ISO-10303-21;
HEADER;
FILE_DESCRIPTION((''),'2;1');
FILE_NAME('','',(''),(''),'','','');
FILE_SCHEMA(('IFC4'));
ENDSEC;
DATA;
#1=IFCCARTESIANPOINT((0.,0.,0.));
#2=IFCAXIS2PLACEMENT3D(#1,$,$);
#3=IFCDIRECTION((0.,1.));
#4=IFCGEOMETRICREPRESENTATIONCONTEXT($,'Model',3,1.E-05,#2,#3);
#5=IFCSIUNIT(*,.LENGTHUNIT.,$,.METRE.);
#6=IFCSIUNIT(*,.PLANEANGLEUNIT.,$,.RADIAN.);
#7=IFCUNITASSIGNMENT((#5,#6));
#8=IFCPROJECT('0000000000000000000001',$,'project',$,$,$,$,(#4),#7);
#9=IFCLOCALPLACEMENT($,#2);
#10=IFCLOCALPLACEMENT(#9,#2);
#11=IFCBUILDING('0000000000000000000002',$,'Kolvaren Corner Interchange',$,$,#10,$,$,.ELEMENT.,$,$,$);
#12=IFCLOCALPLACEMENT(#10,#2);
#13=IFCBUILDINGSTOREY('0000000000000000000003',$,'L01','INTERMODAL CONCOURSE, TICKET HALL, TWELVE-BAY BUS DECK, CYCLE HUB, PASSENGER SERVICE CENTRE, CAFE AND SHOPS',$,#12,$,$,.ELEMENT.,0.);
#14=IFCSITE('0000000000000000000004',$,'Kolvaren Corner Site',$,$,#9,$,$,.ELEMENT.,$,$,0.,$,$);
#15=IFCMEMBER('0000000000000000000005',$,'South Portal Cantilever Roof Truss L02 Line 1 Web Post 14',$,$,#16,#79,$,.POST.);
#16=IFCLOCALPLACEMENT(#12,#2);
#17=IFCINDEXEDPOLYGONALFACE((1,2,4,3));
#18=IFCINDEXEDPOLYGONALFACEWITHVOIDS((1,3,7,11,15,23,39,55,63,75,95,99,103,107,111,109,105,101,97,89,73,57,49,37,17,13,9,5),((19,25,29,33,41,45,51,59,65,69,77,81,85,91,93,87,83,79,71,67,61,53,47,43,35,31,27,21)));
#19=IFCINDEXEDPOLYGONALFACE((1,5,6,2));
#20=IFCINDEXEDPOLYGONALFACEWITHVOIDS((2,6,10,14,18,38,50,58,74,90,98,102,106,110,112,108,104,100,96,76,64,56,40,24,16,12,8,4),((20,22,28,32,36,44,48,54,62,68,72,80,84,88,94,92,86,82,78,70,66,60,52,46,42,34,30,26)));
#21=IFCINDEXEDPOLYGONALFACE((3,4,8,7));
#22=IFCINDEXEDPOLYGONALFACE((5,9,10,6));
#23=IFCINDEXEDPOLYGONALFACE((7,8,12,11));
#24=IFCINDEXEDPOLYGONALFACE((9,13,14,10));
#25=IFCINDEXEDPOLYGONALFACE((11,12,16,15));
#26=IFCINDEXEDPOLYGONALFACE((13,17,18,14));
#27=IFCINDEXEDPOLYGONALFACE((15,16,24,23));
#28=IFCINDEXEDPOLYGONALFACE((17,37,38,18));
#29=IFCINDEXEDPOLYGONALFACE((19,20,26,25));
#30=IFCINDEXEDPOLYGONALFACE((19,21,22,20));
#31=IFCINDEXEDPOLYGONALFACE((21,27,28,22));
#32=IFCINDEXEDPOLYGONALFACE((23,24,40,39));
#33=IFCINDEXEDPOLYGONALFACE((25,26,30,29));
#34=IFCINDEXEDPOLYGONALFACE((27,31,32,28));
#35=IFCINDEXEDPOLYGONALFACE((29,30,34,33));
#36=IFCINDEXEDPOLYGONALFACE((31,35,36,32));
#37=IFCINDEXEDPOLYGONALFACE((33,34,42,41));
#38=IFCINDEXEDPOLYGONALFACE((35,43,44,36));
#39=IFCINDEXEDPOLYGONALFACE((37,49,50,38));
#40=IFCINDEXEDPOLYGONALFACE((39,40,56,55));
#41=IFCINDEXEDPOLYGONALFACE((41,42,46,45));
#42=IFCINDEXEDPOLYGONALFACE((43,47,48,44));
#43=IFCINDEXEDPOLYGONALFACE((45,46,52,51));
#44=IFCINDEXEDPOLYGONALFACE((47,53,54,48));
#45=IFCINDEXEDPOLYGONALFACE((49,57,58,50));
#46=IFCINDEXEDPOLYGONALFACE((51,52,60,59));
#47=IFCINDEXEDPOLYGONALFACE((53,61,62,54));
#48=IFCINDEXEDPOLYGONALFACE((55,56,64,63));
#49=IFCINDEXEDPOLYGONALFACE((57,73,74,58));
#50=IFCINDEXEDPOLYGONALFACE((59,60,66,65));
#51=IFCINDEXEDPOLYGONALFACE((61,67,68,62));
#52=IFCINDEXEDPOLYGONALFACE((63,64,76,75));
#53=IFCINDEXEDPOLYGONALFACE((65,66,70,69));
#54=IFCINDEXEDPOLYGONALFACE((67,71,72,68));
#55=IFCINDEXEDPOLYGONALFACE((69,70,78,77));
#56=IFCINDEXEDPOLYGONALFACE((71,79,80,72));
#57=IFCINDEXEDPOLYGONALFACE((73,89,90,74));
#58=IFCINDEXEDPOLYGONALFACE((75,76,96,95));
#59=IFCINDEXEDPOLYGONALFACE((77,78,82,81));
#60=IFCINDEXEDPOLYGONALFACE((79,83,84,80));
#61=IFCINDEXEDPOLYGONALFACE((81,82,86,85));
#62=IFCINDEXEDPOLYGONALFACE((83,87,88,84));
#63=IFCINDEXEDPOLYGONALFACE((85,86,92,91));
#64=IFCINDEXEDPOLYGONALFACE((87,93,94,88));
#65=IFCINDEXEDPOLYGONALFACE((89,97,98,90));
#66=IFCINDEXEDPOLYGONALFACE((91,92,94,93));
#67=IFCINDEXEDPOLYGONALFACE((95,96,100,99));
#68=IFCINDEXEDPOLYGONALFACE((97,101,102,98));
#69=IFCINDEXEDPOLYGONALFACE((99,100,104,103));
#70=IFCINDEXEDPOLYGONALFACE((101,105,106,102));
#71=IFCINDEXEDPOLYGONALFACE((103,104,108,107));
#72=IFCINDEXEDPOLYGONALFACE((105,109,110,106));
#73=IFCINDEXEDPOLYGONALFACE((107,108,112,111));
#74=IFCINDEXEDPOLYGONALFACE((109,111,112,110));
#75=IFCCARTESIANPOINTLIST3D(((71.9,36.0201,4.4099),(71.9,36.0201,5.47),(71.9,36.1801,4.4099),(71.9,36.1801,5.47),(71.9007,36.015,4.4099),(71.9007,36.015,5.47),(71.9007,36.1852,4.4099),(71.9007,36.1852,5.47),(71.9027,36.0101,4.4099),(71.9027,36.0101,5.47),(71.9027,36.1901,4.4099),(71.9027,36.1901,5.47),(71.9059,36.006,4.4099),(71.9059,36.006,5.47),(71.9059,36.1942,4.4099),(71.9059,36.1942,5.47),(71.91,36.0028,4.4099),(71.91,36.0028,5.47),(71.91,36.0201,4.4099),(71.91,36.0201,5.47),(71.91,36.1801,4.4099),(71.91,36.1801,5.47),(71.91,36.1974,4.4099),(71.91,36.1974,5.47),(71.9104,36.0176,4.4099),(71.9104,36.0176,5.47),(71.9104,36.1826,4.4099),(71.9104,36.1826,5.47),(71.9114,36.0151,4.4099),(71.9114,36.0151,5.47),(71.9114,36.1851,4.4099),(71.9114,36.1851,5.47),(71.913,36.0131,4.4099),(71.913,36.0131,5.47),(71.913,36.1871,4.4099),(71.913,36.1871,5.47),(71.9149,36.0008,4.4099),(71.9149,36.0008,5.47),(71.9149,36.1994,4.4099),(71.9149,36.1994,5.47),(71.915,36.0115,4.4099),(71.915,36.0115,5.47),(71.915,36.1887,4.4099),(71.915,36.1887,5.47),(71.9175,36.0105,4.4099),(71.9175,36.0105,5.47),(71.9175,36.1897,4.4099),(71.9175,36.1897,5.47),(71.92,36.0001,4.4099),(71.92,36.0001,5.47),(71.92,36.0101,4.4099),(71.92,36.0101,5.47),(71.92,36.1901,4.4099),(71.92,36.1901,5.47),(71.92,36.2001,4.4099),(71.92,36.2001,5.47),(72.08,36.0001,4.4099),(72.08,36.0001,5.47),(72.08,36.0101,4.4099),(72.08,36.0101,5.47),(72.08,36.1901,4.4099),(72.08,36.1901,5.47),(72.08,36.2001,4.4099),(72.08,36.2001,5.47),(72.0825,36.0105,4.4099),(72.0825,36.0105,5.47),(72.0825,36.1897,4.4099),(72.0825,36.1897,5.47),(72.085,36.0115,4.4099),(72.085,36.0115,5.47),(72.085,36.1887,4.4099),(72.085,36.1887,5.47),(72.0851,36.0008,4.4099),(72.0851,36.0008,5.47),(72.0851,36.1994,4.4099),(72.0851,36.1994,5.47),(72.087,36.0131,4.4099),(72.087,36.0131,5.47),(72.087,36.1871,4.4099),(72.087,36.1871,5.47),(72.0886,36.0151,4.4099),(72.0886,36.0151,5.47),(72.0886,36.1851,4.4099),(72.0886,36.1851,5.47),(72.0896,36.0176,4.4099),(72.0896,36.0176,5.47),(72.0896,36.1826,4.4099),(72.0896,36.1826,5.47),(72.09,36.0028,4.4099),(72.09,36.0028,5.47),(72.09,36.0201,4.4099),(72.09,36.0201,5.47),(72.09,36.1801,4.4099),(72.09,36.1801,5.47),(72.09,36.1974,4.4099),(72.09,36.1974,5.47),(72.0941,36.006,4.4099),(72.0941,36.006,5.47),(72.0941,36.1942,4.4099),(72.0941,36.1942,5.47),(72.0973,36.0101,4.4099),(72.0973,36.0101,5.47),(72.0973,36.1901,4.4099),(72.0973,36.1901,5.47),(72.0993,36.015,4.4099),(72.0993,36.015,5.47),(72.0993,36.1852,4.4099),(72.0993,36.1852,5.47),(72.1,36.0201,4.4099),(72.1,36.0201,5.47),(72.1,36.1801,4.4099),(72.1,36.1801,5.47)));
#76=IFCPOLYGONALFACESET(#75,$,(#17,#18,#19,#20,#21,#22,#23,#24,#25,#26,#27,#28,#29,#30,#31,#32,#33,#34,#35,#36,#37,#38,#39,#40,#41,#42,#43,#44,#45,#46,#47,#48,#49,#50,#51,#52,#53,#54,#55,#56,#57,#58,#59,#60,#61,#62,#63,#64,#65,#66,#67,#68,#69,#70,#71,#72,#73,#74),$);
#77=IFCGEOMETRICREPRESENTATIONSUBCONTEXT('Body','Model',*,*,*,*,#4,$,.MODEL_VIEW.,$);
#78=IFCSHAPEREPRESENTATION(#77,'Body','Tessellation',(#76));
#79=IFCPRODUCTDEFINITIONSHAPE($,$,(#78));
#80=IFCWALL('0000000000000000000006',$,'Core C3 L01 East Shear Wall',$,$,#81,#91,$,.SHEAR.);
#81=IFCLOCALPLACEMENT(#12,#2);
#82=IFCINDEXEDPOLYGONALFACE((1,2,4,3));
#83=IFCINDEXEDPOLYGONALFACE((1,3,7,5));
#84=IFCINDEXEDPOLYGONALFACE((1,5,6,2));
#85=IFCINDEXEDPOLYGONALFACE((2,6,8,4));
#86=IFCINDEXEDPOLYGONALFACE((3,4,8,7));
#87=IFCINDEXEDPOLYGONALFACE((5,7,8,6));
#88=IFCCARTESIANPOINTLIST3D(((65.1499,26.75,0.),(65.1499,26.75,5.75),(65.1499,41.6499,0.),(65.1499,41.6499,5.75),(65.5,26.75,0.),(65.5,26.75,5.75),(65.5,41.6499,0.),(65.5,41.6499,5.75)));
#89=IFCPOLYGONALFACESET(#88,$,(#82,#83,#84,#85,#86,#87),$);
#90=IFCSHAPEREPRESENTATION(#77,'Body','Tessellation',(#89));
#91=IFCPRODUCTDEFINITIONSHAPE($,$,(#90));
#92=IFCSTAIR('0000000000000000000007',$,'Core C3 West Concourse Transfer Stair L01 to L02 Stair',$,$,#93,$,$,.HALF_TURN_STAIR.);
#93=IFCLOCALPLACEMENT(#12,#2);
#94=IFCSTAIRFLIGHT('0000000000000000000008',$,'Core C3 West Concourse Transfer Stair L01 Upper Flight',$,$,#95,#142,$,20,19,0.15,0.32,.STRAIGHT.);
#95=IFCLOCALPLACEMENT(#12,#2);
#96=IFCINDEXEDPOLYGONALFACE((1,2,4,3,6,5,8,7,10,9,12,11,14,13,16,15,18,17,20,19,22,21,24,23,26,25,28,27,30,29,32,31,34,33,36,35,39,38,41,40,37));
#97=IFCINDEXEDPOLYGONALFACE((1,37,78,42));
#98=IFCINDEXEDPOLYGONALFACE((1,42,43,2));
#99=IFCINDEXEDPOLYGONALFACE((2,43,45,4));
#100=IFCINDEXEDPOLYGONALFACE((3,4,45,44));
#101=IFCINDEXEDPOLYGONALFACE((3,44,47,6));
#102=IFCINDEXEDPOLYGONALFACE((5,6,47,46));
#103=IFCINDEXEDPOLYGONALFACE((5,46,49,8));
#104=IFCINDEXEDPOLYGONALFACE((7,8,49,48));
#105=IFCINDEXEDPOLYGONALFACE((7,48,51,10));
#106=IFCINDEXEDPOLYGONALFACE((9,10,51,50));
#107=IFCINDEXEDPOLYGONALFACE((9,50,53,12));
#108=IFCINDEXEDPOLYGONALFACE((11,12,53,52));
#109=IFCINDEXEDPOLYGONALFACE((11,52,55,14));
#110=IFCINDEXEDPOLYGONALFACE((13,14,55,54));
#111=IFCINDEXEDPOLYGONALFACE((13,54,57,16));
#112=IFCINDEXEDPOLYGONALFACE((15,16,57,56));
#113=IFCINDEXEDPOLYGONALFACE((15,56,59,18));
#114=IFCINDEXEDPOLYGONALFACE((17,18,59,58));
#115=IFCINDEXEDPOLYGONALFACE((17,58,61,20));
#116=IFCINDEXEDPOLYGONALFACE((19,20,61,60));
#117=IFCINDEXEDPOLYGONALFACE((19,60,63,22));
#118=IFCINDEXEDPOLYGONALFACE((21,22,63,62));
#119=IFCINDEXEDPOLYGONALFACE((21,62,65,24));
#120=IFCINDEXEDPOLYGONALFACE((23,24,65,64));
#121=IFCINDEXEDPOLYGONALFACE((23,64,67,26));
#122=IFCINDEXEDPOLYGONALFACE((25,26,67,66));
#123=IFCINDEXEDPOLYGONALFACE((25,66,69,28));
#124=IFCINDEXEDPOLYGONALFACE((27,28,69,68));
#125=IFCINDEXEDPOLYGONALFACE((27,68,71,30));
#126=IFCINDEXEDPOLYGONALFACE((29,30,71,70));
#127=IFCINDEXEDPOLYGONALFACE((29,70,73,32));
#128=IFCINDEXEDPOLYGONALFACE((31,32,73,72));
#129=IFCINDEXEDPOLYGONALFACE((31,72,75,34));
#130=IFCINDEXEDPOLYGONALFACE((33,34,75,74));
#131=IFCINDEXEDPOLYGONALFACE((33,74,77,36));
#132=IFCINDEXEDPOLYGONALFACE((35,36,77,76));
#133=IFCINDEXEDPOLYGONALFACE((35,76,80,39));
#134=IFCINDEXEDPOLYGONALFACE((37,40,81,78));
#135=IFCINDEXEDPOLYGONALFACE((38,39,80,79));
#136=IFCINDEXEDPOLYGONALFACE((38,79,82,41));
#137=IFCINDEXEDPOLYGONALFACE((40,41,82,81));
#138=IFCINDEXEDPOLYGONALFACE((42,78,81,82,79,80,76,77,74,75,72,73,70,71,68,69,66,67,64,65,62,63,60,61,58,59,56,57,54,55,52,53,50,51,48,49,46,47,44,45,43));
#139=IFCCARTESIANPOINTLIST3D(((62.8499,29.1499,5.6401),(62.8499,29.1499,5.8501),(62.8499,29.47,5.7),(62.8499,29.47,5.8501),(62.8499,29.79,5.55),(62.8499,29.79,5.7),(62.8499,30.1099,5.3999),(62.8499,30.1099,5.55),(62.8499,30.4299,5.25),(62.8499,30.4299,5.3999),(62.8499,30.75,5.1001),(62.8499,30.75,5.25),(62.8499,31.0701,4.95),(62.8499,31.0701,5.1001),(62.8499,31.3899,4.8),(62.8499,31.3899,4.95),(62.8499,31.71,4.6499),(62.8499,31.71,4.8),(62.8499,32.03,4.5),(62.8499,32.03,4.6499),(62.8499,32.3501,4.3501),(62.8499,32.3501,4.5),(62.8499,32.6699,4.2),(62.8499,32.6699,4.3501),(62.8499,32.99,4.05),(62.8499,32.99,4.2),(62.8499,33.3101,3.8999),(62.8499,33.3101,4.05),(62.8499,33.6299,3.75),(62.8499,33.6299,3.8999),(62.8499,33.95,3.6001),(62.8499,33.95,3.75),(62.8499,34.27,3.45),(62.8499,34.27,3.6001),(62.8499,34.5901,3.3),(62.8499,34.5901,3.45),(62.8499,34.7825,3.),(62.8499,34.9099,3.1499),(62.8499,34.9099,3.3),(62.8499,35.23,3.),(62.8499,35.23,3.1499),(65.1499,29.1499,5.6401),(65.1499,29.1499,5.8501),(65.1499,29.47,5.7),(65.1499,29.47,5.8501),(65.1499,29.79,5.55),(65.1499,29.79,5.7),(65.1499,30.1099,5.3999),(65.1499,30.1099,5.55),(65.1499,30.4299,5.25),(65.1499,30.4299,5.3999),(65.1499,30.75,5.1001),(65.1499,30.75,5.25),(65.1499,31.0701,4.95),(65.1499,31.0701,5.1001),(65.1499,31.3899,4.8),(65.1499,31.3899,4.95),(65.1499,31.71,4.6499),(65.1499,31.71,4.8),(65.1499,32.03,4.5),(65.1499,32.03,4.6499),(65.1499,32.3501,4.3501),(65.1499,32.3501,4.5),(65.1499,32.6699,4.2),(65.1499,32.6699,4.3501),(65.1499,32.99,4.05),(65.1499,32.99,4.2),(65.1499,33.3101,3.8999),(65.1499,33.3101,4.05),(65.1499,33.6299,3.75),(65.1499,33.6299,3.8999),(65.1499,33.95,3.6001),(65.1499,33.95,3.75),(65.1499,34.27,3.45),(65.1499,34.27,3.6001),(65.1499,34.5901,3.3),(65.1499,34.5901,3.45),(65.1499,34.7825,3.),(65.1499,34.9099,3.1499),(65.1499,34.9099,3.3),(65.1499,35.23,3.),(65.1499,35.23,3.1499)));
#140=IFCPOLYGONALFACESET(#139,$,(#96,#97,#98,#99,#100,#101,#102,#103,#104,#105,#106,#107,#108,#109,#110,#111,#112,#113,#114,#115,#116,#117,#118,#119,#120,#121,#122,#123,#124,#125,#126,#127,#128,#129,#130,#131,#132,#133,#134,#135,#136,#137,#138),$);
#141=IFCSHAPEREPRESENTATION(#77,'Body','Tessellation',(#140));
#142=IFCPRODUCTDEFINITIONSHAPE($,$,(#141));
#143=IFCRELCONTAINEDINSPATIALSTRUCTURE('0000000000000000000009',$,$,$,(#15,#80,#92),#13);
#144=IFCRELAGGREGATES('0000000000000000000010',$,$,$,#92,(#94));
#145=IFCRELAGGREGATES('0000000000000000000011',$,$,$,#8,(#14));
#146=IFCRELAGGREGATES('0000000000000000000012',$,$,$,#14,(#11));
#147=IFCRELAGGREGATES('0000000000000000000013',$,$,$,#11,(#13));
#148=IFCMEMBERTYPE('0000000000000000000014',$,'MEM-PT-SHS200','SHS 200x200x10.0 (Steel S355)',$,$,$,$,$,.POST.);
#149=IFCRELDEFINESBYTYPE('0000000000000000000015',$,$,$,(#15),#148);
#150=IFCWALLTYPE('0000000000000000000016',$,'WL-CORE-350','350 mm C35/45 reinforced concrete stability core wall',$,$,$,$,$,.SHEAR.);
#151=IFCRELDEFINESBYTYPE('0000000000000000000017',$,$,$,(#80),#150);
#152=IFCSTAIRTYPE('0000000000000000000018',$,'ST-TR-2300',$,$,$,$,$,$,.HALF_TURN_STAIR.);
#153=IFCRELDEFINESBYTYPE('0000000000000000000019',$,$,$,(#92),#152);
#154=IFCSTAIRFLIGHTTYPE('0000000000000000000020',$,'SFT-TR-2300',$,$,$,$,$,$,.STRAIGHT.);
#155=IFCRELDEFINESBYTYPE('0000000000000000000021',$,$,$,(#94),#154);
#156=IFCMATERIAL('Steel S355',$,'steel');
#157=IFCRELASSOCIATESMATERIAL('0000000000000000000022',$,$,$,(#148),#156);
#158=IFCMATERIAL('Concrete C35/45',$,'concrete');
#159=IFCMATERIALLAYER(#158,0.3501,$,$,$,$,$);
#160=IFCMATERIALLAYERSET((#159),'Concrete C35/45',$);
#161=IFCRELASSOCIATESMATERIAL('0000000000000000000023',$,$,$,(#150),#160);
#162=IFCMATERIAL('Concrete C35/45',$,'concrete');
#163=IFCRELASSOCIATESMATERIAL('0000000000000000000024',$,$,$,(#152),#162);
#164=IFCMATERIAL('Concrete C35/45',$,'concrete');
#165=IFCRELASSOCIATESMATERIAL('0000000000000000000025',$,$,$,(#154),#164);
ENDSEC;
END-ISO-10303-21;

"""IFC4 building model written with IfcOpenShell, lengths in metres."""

from ifc_helpers import new_model, si_unit, direction, frame, frame_2d, origin, origin_2d, place, context, subcontext, project, spatial, polyline, rectangle, hollow_rectangle, outline, extrude, material, layer, layer_set, material_profile, profile_set, type_object, element, aggregate, save


model = new_model("IFC4")

# Units and contexts
model_context = context("Model", 3, precision=1e-05, world=origin(), true_north=direction((0.0, 1.0)))
body_context = subcontext(model_context, "Body", "Model", "MODEL_VIEW")
ifc_project = project(units=[si_unit("LENGTHUNIT", "METRE"), si_unit("PLANEANGLEUNIT", "RADIAN")], contexts=[model_context])

# Site, building, storey
site_placement = place(None, origin())
site = spatial("IfcSite", under=ifc_project, at=site_placement, Name="Kolvaren Corner Site", CompositionType="ELEMENT", RefElevation=0.0)
building_placement = place(site_placement, origin())
building = spatial("IfcBuilding", under=site, at=building_placement, Name="Kolvaren Corner Interchange", CompositionType="ELEMENT")
storey_placement = place(building_placement, origin())
storey = spatial("IfcBuildingStorey", under=building, at=storey_placement, Name="L01", Description="INTERMODAL CONCOURSE, TICKET HALL, TWELVE-BAY BUS DECK, CYCLE HUB, PASSENGER SERVICE CENTRE, CAFE AND SHOPS", CompositionType="ELEMENT", Elevation=0.0)

# Member
ifc_material_1 = material(Name="Steel S355", Category="steel")
ifc_material_profile_1 = material_profile(ifc_material_1, hollow_rectangle(XDim=0.2, YDim=0.2, WallThickness=0.01, InnerFilletRadius=0.01, OuterFilletRadius=0.02, at=origin_2d()), Name="SHS 200x200x10.0")
ifc_profile_set_1 = profile_set([ifc_material_profile_1], Name="Steel S355")
member_type_1 = type_object("IfcMemberType", Name="MEM-PT-SHS200", Description="SHS 200x200x10.0 (Steel S355)", PredefinedType="POST", material=ifc_profile_set_1)
for number, where, z_axis, x_axis, name in (
    (1, (72.0, 36.1001, 4.4099), (0.0, 0.0, 1.0), (1.0, 0.0, 0.0), "South Portal Cantilever Roof Truss L02 Line 1 Web Post 14"),
):
    element("IfcMember", number, at=place(storey_placement, frame(where, z_axis=z_axis, x_axis=x_axis)), inside=storey, type_object=member_type_1, Name=name, PredefinedType="POST", context=body_context, shape_type="SweptSolid", body=[
        extrude(hollow_rectangle(XDim=0.2, YDim=0.2, WallThickness=0.01, InnerFilletRadius=0.01, OuterFilletRadius=0.02, at=origin_2d()), origin(), (0.0, 0.0, 1.0), 1.0601),
    ])

# Wall
ifc_material_2 = material(Name="Concrete C35/45", Category="concrete")
ifc_layer = layer(ifc_material_2, 0.3501)
ifc_layer_set = layer_set([ifc_layer], Name="Concrete C35/45")
wall_type = type_object("IfcWallType", Name="WL-CORE-350", Description="350 mm C35/45 reinforced concrete stability core wall", PredefinedType="SHEAR", material=ifc_layer_set)
wall_placement = place(storey_placement, frame((65.325, 26.75, 0.0), z_axis=(0.0, 0.0, 1.0), x_axis=(0.0, 1.0, 0.0)))
element("IfcWall", 2, at=wall_placement, inside=storey, type_object=wall_type, Name="Core C3 L01 East Shear Wall", PredefinedType="SHEAR", context=body_context, shape_type="SweptSolid", body=[
    extrude(rectangle(XDim=14.8999, YDim=0.3501, at=frame_2d((7.45, 0.0))), origin(), (0.0, 0.0, 1.0), 5.75),
])

# Stair, stair flight
ifc_material_3 = material(Name="Concrete C35/45", Category="concrete")
stair_type = type_object("IfcStairType", Name="ST-TR-2300", PredefinedType="HALF_TURN_STAIR", material=ifc_material_3)
stair_placement = place(storey_placement, origin())
stair = element("IfcStair", 3, at=stair_placement, inside=storey, type_object=stair_type, Name="Core C3 West Concourse Transfer Stair L01 to L02 Stair", PredefinedType="HALF_TURN_STAIR")
ifc_material_4 = material(Name="Concrete C35/45", Category="concrete")
stair_flight_type = type_object("IfcStairFlightType", Name="SFT-TR-2300", PredefinedType="STRAIGHT", material=ifc_material_4)
stair_flight_placement = place(storey_placement, frame((64.0, 35.23, 3.0), z_axis=(0.0, 0.0, 1.0), x_axis=(0.0, -1.0, 0.0)))
stair_flight = element("IfcStairFlight", 4, at=stair_flight_placement, type_object=stair_flight_type, Name="Core C3 West Concourse Transfer Stair L01 Upper Flight", NumberOfRisers=20, NumberOfTreads=19, PredefinedType="STRAIGHT", RiserHeight=0.15, TreadLength=0.32, context=body_context, shape_type="SweptSolid", body=[
    extrude(outline(polyline([(0.0, 0.0), (0.0, 0.1499), (0.3201, 0.1499), (0.3201, 0.3), (0.6399, 0.3), (0.6399, 0.45), (0.96, 0.45), (0.96, 0.6001), (1.28, 0.6001), (1.28, 0.75), (1.6001, 0.75), (1.6001, 0.8999), (1.9199, 0.8999), (1.9199, 1.05), (2.24, 1.05), (2.24, 1.2), (2.5601, 1.2), (2.5601, 1.3501), (2.8799, 1.3501), (2.8799, 1.5), (3.2, 1.5), (3.2, 1.6499), (3.52, 1.6499), (3.52, 1.8), (3.8401, 1.8), (3.8401, 1.95), (4.1599, 1.95), (4.1599, 2.1001), (4.48, 2.1001), (4.48, 2.25), (4.8, 2.25), (4.8, 2.3999), (5.1201, 2.3999), (5.1201, 2.55), (5.4399, 2.55), (5.4399, 2.7), (5.76, 2.7), (5.76, 2.8501), (6.0801, 2.8501), (6.0801, 3.0), (6.0801, 2.6401), (0.4475, 0.0), (0.0, 0.0)])), frame((0.0, 1.1499, 0.0), z_axis=(0.0, -1.0, 0.0), x_axis=(1.0, 0.0, 0.0)), (0.0, 0.0, 1.0), 2.3),
])

aggregate(stair, [stair_flight])

save(model, "model.ifc")
